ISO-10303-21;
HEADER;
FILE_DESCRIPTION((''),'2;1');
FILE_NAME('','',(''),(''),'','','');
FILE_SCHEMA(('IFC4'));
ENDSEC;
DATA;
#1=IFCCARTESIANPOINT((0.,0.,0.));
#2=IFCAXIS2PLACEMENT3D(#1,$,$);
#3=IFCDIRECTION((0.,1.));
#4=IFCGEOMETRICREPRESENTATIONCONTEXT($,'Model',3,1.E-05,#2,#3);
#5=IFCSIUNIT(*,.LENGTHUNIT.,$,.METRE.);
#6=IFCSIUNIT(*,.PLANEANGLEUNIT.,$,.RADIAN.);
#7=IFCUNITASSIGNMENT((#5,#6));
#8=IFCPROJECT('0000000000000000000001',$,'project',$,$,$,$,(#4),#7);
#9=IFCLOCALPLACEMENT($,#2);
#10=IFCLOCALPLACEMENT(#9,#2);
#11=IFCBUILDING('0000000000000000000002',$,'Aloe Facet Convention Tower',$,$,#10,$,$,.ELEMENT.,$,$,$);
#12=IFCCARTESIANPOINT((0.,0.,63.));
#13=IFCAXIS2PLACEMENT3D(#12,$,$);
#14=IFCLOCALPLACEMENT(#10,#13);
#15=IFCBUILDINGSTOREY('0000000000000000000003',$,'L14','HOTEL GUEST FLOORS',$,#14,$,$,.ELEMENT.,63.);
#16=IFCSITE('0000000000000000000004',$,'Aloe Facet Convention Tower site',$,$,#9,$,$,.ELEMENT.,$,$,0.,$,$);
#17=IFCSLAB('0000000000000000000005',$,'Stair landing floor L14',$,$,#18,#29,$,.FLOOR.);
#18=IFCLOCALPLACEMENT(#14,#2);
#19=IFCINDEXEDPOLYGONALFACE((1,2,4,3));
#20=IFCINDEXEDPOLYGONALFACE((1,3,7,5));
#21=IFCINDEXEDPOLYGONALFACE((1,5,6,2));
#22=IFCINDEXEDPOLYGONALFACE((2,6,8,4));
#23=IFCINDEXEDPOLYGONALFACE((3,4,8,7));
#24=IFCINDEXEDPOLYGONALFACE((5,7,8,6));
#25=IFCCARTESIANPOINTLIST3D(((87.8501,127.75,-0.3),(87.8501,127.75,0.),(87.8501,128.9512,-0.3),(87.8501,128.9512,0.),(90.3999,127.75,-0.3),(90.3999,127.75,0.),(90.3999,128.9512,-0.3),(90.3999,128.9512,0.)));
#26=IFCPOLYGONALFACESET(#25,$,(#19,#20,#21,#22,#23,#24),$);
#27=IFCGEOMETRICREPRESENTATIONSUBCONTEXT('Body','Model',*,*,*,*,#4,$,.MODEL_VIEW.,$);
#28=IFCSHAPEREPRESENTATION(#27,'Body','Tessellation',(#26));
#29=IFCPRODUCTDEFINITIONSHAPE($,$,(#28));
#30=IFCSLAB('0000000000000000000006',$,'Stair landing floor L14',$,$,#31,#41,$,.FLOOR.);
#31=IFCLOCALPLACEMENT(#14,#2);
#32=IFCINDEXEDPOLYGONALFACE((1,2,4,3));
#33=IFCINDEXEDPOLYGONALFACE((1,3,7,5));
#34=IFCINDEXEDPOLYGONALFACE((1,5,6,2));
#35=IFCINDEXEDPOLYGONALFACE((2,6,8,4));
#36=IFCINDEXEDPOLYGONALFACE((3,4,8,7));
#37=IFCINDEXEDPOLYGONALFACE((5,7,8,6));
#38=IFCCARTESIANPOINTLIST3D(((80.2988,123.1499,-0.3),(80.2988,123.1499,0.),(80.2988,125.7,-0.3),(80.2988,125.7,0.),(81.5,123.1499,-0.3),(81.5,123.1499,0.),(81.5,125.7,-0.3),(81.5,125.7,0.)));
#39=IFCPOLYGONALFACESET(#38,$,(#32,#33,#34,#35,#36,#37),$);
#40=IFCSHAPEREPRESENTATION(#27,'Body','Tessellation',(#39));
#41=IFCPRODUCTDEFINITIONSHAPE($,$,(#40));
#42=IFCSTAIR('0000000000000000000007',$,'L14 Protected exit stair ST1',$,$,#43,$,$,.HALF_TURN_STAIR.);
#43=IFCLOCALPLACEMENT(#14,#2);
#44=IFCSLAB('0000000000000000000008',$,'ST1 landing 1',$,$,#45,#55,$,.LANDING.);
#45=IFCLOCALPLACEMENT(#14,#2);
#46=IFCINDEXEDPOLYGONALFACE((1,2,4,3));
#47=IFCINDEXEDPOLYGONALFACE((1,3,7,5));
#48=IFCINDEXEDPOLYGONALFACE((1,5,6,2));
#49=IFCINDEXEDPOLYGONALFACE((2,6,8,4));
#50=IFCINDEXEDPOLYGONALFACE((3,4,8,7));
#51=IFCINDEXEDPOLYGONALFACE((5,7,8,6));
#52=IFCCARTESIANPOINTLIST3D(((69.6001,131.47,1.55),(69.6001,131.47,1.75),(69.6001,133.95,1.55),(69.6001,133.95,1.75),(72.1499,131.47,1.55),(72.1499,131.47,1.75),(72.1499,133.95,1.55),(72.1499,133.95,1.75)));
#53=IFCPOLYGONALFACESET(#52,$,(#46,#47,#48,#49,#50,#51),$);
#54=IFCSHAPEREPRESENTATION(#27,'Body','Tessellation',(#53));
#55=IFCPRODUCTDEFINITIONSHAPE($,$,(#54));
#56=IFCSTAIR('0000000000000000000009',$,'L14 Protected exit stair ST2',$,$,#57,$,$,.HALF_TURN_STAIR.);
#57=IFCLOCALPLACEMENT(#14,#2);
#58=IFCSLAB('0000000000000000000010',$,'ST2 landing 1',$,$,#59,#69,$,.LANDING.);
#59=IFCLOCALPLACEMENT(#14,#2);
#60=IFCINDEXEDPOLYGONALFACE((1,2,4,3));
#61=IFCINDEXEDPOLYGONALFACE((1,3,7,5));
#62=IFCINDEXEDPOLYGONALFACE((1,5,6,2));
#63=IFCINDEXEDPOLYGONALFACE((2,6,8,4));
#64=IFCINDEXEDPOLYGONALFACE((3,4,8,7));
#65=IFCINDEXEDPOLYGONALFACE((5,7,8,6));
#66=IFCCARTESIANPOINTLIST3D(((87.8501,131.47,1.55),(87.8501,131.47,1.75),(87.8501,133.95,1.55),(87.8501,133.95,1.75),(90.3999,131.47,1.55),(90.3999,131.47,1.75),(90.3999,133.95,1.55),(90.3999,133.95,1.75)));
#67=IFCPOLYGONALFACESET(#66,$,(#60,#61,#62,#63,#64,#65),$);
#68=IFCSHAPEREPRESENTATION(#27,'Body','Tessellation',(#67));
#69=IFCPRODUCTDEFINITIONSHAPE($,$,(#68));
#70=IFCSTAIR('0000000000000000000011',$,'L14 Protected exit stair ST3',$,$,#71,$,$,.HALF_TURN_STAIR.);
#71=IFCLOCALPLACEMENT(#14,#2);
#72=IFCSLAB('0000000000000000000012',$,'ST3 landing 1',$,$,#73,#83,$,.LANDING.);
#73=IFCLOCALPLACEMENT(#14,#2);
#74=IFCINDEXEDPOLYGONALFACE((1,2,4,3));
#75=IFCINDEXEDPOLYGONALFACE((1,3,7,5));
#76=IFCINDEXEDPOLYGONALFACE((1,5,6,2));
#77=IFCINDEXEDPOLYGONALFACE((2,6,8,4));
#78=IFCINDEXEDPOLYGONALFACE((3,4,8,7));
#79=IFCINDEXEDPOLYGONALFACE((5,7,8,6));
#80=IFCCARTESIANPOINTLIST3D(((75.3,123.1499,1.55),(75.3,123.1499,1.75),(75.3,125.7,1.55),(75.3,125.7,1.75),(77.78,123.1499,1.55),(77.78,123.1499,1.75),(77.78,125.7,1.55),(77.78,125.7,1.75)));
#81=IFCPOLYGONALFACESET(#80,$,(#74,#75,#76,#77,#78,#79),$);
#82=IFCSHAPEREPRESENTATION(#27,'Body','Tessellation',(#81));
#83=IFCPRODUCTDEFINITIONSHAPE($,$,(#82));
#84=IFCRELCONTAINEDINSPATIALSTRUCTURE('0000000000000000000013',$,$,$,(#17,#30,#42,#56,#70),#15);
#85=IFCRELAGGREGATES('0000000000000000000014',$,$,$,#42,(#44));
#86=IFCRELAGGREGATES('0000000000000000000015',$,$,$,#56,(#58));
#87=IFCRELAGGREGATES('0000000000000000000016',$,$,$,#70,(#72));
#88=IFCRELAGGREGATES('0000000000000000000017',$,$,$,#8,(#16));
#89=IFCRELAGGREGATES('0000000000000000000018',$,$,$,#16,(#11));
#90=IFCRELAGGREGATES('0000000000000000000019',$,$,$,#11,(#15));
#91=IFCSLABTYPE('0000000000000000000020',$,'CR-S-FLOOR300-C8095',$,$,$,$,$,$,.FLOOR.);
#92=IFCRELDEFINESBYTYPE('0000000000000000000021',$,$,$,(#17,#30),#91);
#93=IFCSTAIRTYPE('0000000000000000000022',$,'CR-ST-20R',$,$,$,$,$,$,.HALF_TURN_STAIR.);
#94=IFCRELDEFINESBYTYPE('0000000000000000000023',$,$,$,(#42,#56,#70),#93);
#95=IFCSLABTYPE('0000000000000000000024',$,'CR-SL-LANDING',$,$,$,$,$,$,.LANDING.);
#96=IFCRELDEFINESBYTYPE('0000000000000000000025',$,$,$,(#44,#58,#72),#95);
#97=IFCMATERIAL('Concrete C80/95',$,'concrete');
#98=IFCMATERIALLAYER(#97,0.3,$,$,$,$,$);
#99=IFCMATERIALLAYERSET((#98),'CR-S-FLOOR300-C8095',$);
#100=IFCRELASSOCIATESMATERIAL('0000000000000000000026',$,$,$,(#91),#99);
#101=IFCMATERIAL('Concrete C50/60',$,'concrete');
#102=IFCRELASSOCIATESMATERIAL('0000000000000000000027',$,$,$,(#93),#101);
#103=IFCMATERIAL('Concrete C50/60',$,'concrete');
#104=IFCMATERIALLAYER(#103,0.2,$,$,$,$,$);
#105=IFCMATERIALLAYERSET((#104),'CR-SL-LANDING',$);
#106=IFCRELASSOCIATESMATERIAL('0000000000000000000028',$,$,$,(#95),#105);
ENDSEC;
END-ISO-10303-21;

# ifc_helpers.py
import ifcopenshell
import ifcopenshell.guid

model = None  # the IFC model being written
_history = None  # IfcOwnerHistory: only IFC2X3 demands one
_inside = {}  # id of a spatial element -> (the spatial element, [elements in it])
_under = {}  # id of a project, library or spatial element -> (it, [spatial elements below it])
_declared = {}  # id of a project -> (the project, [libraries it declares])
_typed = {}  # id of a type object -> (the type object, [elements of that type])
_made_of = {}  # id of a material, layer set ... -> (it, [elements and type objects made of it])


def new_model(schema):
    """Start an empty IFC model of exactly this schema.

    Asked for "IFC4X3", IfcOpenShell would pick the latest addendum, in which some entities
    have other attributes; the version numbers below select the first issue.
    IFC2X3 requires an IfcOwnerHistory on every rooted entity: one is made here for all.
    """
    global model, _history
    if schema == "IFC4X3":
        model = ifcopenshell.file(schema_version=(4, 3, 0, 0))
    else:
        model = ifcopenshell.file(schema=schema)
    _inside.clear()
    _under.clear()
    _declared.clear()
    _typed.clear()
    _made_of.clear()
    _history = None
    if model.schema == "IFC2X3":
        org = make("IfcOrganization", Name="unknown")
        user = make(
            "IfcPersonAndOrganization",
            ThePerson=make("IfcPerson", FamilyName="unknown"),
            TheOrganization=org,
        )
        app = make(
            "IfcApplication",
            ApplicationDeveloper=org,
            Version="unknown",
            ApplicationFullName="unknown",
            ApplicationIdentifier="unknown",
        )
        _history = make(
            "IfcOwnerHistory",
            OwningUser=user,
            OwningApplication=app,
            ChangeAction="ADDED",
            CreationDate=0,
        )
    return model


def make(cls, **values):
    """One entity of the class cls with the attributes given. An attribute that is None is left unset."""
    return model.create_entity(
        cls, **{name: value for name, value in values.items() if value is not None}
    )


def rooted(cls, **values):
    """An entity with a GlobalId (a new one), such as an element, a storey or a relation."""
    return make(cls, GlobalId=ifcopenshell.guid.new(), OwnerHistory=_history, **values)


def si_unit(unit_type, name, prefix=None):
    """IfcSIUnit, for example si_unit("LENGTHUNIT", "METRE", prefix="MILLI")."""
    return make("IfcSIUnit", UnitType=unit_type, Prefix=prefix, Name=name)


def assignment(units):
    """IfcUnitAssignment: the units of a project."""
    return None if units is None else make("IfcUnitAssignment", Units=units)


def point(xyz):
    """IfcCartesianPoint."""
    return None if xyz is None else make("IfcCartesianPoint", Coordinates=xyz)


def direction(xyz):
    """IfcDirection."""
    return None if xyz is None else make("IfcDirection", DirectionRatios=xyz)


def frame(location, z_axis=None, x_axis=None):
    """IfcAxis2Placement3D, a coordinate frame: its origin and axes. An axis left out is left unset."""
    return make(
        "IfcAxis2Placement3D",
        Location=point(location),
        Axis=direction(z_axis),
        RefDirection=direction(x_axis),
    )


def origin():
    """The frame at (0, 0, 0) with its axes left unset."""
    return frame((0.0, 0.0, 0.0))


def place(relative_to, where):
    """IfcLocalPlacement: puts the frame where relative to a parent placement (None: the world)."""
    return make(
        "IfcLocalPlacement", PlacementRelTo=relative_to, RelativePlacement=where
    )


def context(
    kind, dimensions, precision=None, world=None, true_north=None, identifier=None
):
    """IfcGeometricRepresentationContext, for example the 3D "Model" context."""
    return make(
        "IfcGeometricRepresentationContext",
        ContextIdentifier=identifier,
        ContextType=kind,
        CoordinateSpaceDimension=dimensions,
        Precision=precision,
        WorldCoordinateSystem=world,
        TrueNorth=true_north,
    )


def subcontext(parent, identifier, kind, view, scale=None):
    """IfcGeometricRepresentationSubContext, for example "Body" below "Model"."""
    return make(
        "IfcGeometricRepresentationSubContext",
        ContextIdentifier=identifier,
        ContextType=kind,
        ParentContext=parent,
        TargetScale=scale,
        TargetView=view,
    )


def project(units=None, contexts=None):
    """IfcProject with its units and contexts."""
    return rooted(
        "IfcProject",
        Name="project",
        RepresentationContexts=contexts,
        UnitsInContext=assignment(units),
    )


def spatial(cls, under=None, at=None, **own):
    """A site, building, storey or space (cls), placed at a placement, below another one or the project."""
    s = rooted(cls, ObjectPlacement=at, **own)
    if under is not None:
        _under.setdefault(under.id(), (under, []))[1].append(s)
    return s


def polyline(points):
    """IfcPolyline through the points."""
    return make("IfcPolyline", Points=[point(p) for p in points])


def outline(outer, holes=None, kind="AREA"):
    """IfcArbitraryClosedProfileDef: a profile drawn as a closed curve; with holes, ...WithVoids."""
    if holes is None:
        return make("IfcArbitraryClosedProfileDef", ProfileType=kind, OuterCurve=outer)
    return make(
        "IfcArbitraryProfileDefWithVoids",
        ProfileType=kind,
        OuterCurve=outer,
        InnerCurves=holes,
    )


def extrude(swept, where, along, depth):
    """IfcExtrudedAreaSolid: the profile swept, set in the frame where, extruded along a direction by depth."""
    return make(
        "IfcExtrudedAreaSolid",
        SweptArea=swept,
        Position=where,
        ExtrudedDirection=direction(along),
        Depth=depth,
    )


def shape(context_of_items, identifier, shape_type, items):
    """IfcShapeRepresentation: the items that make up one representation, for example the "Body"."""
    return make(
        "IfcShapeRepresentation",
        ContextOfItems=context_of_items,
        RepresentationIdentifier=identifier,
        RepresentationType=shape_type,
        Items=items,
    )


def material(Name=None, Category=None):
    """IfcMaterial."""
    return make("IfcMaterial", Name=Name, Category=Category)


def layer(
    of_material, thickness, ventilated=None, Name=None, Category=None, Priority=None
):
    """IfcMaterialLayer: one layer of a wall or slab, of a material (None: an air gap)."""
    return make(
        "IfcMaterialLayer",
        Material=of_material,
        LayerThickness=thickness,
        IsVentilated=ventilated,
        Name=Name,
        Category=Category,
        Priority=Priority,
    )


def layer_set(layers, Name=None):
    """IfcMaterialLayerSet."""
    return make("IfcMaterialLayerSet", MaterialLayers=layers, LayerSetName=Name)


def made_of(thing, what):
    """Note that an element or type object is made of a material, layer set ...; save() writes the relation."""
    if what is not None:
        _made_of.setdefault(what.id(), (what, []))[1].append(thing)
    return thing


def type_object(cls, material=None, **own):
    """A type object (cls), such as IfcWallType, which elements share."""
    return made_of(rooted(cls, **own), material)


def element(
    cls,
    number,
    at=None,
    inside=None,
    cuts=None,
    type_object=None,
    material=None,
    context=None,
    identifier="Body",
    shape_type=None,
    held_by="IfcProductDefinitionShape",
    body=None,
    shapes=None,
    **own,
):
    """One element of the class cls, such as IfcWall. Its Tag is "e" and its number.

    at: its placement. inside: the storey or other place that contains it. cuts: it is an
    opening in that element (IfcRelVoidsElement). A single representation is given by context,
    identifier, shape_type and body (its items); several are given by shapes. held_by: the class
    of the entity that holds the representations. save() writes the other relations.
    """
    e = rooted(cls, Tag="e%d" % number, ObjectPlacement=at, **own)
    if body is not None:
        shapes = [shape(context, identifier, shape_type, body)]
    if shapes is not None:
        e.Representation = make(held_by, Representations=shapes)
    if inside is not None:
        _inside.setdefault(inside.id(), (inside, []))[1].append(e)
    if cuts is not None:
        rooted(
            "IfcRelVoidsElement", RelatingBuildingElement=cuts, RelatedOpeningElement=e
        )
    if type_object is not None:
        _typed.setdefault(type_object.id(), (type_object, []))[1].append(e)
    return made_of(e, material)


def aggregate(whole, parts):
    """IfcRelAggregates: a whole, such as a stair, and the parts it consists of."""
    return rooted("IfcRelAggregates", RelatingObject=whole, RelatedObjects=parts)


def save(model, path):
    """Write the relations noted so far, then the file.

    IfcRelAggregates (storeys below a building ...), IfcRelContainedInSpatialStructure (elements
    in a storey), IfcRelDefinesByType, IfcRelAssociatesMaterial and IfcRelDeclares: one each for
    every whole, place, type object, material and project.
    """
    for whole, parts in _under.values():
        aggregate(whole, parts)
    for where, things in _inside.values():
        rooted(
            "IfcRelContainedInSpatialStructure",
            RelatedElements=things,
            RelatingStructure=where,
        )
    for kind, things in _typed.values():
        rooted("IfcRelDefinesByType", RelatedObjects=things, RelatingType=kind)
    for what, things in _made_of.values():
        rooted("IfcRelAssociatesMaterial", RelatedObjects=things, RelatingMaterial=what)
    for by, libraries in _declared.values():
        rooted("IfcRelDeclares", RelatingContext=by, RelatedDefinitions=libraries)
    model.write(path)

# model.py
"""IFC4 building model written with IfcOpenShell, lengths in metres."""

from ifc_helpers import new_model, si_unit, direction, frame, origin, place, context, subcontext, project, spatial, polyline, outline, extrude, material, layer, layer_set, type_object, element, aggregate, save


model = new_model("IFC4")

# Units and contexts
model_context = context("Model", 3, precision=1e-05, world=origin(), true_north=direction((0.0, 1.0)))
body_context = subcontext(model_context, "Body", "Model", "MODEL_VIEW")
ifc_project = project(units=[si_unit("LENGTHUNIT", "METRE"), si_unit("PLANEANGLEUNIT", "RADIAN")], contexts=[model_context])

# Site, building, storey
site_placement = place(None, origin())
site = spatial("IfcSite", under=ifc_project, at=site_placement, Name="Aloe Facet Convention Tower site", CompositionType="ELEMENT", RefElevation=0.0)
building_placement = place(site_placement, origin())
building = spatial("IfcBuilding", under=site, at=building_placement, Name="Aloe Facet Convention Tower", CompositionType="ELEMENT")
storey_placement = place(building_placement, frame((0.0, 0.0, 63.0)))
storey = spatial("IfcBuildingStorey", under=building, at=storey_placement, Name="L14", Description="HOTEL GUEST FLOORS", CompositionType="ELEMENT", Elevation=63.0)

# Slabs
ifc_material_1 = material(Name="Concrete C80/95", Category="concrete")
ifc_layer_1 = layer(ifc_material_1, 0.3)
ifc_layer_set_1 = layer_set([ifc_layer_1], Name="CR-S-FLOOR300-C8095")
slab_type_1 = type_object("IfcSlabType", Name="CR-S-FLOOR300-C8095", PredefinedType="FLOOR", material=ifc_layer_set_1)
slab_1_placement = place(storey_placement, frame((0.0, 0.0, -0.3)))
element("IfcSlab", 1, at=slab_1_placement, inside=storey, type_object=slab_type_1, Name="Stair landing floor L14", PredefinedType="FLOOR", context=body_context, shape_type="SweptSolid", body=[
    extrude(outline(polyline([(90.3999, 127.75), (90.3999, 128.9512), (87.8501, 128.9512), (87.8501, 127.75), (90.3999, 127.75)])), origin(), (0.0, 0.0, 1.0), 0.3),
])
slab_2_placement = place(storey_placement, frame((0.0, 0.0, -0.3)))
element("IfcSlab", 2, at=slab_2_placement, inside=storey, type_object=slab_type_1, Name="Stair landing floor L14", PredefinedType="FLOOR", context=body_context, shape_type="SweptSolid", body=[
    extrude(outline(polyline([(81.5, 125.7), (80.2988, 125.7), (80.2988, 123.1499), (81.5, 123.1499), (81.5, 125.7)])), origin(), (0.0, 0.0, 1.0), 0.3),
])

# Stairs, slabs
ifc_material_2 = material(Name="Concrete C50/60", Category="concrete")
stair_type = type_object("IfcStairType", Name="CR-ST-20R", PredefinedType="HALF_TURN_STAIR", material=ifc_material_2)
stair_1_placement = place(storey_placement, origin())
stair_1 = element("IfcStair", 3, at=stair_1_placement, inside=storey, type_object=stair_type, Name="L14 Protected exit stair ST1", PredefinedType="HALF_TURN_STAIR")
ifc_material_3 = material(Name="Concrete C50/60", Category="concrete")
ifc_layer_2 = layer(ifc_material_3, 0.2)
ifc_layer_set_2 = layer_set([ifc_layer_2], Name="CR-SL-LANDING")
slab_type_2 = type_object("IfcSlabType", Name="CR-SL-LANDING", PredefinedType="LANDING", material=ifc_layer_set_2)
slab_3_placement = place(storey_placement, frame((0.0, 0.0, 1.55)))
slab_3 = element("IfcSlab", 4, at=slab_3_placement, type_object=slab_type_2, Name="ST1 landing 1", PredefinedType="LANDING", context=body_context, shape_type="SweptSolid", body=[
    extrude(outline(polyline([(72.1499, 131.47), (72.1499, 133.95), (69.6001, 133.95), (69.6001, 131.47), (72.1499, 131.47)])), origin(), (0.0, 0.0, 1.0), 0.2),
])
aggregate(stair_1, [slab_3])
stair_2_placement = place(storey_placement, origin())
stair_2 = element("IfcStair", 5, at=stair_2_placement, inside=storey, type_object=stair_type, Name="L14 Protected exit stair ST2", PredefinedType="HALF_TURN_STAIR")
slab_4_placement = place(storey_placement, frame((0.0, 0.0, 1.55)))
slab_4 = element("IfcSlab", 6, at=slab_4_placement, type_object=slab_type_2, Name="ST2 landing 1", PredefinedType="LANDING", context=body_context, shape_type="SweptSolid", body=[
    extrude(outline(polyline([(90.3999, 131.47), (90.3999, 133.95), (87.8501, 133.95), (87.8501, 131.47), (90.3999, 131.47)])), origin(), (0.0, 0.0, 1.0), 0.2),
])
aggregate(stair_2, [slab_4])
stair_3_placement = place(storey_placement, origin())
stair_3 = element("IfcStair", 7, at=stair_3_placement, inside=storey, type_object=stair_type, Name="L14 Protected exit stair ST3", PredefinedType="HALF_TURN_STAIR")
slab_5_placement = place(storey_placement, frame((0.0, 0.0, 1.55)))
slab_5 = element("IfcSlab", 8, at=slab_5_placement, type_object=slab_type_2, Name="ST3 landing 1", PredefinedType="LANDING", context=body_context, shape_type="SweptSolid", body=[
    extrude(outline(polyline([(77.78, 125.7), (75.3, 125.7), (75.3, 123.1499), (77.78, 123.1499), (77.78, 125.7)])), origin(), (0.0, 0.0, 1.0), 0.2),
])
aggregate(stair_3, [slab_5])

save(model, "model.ifc")
